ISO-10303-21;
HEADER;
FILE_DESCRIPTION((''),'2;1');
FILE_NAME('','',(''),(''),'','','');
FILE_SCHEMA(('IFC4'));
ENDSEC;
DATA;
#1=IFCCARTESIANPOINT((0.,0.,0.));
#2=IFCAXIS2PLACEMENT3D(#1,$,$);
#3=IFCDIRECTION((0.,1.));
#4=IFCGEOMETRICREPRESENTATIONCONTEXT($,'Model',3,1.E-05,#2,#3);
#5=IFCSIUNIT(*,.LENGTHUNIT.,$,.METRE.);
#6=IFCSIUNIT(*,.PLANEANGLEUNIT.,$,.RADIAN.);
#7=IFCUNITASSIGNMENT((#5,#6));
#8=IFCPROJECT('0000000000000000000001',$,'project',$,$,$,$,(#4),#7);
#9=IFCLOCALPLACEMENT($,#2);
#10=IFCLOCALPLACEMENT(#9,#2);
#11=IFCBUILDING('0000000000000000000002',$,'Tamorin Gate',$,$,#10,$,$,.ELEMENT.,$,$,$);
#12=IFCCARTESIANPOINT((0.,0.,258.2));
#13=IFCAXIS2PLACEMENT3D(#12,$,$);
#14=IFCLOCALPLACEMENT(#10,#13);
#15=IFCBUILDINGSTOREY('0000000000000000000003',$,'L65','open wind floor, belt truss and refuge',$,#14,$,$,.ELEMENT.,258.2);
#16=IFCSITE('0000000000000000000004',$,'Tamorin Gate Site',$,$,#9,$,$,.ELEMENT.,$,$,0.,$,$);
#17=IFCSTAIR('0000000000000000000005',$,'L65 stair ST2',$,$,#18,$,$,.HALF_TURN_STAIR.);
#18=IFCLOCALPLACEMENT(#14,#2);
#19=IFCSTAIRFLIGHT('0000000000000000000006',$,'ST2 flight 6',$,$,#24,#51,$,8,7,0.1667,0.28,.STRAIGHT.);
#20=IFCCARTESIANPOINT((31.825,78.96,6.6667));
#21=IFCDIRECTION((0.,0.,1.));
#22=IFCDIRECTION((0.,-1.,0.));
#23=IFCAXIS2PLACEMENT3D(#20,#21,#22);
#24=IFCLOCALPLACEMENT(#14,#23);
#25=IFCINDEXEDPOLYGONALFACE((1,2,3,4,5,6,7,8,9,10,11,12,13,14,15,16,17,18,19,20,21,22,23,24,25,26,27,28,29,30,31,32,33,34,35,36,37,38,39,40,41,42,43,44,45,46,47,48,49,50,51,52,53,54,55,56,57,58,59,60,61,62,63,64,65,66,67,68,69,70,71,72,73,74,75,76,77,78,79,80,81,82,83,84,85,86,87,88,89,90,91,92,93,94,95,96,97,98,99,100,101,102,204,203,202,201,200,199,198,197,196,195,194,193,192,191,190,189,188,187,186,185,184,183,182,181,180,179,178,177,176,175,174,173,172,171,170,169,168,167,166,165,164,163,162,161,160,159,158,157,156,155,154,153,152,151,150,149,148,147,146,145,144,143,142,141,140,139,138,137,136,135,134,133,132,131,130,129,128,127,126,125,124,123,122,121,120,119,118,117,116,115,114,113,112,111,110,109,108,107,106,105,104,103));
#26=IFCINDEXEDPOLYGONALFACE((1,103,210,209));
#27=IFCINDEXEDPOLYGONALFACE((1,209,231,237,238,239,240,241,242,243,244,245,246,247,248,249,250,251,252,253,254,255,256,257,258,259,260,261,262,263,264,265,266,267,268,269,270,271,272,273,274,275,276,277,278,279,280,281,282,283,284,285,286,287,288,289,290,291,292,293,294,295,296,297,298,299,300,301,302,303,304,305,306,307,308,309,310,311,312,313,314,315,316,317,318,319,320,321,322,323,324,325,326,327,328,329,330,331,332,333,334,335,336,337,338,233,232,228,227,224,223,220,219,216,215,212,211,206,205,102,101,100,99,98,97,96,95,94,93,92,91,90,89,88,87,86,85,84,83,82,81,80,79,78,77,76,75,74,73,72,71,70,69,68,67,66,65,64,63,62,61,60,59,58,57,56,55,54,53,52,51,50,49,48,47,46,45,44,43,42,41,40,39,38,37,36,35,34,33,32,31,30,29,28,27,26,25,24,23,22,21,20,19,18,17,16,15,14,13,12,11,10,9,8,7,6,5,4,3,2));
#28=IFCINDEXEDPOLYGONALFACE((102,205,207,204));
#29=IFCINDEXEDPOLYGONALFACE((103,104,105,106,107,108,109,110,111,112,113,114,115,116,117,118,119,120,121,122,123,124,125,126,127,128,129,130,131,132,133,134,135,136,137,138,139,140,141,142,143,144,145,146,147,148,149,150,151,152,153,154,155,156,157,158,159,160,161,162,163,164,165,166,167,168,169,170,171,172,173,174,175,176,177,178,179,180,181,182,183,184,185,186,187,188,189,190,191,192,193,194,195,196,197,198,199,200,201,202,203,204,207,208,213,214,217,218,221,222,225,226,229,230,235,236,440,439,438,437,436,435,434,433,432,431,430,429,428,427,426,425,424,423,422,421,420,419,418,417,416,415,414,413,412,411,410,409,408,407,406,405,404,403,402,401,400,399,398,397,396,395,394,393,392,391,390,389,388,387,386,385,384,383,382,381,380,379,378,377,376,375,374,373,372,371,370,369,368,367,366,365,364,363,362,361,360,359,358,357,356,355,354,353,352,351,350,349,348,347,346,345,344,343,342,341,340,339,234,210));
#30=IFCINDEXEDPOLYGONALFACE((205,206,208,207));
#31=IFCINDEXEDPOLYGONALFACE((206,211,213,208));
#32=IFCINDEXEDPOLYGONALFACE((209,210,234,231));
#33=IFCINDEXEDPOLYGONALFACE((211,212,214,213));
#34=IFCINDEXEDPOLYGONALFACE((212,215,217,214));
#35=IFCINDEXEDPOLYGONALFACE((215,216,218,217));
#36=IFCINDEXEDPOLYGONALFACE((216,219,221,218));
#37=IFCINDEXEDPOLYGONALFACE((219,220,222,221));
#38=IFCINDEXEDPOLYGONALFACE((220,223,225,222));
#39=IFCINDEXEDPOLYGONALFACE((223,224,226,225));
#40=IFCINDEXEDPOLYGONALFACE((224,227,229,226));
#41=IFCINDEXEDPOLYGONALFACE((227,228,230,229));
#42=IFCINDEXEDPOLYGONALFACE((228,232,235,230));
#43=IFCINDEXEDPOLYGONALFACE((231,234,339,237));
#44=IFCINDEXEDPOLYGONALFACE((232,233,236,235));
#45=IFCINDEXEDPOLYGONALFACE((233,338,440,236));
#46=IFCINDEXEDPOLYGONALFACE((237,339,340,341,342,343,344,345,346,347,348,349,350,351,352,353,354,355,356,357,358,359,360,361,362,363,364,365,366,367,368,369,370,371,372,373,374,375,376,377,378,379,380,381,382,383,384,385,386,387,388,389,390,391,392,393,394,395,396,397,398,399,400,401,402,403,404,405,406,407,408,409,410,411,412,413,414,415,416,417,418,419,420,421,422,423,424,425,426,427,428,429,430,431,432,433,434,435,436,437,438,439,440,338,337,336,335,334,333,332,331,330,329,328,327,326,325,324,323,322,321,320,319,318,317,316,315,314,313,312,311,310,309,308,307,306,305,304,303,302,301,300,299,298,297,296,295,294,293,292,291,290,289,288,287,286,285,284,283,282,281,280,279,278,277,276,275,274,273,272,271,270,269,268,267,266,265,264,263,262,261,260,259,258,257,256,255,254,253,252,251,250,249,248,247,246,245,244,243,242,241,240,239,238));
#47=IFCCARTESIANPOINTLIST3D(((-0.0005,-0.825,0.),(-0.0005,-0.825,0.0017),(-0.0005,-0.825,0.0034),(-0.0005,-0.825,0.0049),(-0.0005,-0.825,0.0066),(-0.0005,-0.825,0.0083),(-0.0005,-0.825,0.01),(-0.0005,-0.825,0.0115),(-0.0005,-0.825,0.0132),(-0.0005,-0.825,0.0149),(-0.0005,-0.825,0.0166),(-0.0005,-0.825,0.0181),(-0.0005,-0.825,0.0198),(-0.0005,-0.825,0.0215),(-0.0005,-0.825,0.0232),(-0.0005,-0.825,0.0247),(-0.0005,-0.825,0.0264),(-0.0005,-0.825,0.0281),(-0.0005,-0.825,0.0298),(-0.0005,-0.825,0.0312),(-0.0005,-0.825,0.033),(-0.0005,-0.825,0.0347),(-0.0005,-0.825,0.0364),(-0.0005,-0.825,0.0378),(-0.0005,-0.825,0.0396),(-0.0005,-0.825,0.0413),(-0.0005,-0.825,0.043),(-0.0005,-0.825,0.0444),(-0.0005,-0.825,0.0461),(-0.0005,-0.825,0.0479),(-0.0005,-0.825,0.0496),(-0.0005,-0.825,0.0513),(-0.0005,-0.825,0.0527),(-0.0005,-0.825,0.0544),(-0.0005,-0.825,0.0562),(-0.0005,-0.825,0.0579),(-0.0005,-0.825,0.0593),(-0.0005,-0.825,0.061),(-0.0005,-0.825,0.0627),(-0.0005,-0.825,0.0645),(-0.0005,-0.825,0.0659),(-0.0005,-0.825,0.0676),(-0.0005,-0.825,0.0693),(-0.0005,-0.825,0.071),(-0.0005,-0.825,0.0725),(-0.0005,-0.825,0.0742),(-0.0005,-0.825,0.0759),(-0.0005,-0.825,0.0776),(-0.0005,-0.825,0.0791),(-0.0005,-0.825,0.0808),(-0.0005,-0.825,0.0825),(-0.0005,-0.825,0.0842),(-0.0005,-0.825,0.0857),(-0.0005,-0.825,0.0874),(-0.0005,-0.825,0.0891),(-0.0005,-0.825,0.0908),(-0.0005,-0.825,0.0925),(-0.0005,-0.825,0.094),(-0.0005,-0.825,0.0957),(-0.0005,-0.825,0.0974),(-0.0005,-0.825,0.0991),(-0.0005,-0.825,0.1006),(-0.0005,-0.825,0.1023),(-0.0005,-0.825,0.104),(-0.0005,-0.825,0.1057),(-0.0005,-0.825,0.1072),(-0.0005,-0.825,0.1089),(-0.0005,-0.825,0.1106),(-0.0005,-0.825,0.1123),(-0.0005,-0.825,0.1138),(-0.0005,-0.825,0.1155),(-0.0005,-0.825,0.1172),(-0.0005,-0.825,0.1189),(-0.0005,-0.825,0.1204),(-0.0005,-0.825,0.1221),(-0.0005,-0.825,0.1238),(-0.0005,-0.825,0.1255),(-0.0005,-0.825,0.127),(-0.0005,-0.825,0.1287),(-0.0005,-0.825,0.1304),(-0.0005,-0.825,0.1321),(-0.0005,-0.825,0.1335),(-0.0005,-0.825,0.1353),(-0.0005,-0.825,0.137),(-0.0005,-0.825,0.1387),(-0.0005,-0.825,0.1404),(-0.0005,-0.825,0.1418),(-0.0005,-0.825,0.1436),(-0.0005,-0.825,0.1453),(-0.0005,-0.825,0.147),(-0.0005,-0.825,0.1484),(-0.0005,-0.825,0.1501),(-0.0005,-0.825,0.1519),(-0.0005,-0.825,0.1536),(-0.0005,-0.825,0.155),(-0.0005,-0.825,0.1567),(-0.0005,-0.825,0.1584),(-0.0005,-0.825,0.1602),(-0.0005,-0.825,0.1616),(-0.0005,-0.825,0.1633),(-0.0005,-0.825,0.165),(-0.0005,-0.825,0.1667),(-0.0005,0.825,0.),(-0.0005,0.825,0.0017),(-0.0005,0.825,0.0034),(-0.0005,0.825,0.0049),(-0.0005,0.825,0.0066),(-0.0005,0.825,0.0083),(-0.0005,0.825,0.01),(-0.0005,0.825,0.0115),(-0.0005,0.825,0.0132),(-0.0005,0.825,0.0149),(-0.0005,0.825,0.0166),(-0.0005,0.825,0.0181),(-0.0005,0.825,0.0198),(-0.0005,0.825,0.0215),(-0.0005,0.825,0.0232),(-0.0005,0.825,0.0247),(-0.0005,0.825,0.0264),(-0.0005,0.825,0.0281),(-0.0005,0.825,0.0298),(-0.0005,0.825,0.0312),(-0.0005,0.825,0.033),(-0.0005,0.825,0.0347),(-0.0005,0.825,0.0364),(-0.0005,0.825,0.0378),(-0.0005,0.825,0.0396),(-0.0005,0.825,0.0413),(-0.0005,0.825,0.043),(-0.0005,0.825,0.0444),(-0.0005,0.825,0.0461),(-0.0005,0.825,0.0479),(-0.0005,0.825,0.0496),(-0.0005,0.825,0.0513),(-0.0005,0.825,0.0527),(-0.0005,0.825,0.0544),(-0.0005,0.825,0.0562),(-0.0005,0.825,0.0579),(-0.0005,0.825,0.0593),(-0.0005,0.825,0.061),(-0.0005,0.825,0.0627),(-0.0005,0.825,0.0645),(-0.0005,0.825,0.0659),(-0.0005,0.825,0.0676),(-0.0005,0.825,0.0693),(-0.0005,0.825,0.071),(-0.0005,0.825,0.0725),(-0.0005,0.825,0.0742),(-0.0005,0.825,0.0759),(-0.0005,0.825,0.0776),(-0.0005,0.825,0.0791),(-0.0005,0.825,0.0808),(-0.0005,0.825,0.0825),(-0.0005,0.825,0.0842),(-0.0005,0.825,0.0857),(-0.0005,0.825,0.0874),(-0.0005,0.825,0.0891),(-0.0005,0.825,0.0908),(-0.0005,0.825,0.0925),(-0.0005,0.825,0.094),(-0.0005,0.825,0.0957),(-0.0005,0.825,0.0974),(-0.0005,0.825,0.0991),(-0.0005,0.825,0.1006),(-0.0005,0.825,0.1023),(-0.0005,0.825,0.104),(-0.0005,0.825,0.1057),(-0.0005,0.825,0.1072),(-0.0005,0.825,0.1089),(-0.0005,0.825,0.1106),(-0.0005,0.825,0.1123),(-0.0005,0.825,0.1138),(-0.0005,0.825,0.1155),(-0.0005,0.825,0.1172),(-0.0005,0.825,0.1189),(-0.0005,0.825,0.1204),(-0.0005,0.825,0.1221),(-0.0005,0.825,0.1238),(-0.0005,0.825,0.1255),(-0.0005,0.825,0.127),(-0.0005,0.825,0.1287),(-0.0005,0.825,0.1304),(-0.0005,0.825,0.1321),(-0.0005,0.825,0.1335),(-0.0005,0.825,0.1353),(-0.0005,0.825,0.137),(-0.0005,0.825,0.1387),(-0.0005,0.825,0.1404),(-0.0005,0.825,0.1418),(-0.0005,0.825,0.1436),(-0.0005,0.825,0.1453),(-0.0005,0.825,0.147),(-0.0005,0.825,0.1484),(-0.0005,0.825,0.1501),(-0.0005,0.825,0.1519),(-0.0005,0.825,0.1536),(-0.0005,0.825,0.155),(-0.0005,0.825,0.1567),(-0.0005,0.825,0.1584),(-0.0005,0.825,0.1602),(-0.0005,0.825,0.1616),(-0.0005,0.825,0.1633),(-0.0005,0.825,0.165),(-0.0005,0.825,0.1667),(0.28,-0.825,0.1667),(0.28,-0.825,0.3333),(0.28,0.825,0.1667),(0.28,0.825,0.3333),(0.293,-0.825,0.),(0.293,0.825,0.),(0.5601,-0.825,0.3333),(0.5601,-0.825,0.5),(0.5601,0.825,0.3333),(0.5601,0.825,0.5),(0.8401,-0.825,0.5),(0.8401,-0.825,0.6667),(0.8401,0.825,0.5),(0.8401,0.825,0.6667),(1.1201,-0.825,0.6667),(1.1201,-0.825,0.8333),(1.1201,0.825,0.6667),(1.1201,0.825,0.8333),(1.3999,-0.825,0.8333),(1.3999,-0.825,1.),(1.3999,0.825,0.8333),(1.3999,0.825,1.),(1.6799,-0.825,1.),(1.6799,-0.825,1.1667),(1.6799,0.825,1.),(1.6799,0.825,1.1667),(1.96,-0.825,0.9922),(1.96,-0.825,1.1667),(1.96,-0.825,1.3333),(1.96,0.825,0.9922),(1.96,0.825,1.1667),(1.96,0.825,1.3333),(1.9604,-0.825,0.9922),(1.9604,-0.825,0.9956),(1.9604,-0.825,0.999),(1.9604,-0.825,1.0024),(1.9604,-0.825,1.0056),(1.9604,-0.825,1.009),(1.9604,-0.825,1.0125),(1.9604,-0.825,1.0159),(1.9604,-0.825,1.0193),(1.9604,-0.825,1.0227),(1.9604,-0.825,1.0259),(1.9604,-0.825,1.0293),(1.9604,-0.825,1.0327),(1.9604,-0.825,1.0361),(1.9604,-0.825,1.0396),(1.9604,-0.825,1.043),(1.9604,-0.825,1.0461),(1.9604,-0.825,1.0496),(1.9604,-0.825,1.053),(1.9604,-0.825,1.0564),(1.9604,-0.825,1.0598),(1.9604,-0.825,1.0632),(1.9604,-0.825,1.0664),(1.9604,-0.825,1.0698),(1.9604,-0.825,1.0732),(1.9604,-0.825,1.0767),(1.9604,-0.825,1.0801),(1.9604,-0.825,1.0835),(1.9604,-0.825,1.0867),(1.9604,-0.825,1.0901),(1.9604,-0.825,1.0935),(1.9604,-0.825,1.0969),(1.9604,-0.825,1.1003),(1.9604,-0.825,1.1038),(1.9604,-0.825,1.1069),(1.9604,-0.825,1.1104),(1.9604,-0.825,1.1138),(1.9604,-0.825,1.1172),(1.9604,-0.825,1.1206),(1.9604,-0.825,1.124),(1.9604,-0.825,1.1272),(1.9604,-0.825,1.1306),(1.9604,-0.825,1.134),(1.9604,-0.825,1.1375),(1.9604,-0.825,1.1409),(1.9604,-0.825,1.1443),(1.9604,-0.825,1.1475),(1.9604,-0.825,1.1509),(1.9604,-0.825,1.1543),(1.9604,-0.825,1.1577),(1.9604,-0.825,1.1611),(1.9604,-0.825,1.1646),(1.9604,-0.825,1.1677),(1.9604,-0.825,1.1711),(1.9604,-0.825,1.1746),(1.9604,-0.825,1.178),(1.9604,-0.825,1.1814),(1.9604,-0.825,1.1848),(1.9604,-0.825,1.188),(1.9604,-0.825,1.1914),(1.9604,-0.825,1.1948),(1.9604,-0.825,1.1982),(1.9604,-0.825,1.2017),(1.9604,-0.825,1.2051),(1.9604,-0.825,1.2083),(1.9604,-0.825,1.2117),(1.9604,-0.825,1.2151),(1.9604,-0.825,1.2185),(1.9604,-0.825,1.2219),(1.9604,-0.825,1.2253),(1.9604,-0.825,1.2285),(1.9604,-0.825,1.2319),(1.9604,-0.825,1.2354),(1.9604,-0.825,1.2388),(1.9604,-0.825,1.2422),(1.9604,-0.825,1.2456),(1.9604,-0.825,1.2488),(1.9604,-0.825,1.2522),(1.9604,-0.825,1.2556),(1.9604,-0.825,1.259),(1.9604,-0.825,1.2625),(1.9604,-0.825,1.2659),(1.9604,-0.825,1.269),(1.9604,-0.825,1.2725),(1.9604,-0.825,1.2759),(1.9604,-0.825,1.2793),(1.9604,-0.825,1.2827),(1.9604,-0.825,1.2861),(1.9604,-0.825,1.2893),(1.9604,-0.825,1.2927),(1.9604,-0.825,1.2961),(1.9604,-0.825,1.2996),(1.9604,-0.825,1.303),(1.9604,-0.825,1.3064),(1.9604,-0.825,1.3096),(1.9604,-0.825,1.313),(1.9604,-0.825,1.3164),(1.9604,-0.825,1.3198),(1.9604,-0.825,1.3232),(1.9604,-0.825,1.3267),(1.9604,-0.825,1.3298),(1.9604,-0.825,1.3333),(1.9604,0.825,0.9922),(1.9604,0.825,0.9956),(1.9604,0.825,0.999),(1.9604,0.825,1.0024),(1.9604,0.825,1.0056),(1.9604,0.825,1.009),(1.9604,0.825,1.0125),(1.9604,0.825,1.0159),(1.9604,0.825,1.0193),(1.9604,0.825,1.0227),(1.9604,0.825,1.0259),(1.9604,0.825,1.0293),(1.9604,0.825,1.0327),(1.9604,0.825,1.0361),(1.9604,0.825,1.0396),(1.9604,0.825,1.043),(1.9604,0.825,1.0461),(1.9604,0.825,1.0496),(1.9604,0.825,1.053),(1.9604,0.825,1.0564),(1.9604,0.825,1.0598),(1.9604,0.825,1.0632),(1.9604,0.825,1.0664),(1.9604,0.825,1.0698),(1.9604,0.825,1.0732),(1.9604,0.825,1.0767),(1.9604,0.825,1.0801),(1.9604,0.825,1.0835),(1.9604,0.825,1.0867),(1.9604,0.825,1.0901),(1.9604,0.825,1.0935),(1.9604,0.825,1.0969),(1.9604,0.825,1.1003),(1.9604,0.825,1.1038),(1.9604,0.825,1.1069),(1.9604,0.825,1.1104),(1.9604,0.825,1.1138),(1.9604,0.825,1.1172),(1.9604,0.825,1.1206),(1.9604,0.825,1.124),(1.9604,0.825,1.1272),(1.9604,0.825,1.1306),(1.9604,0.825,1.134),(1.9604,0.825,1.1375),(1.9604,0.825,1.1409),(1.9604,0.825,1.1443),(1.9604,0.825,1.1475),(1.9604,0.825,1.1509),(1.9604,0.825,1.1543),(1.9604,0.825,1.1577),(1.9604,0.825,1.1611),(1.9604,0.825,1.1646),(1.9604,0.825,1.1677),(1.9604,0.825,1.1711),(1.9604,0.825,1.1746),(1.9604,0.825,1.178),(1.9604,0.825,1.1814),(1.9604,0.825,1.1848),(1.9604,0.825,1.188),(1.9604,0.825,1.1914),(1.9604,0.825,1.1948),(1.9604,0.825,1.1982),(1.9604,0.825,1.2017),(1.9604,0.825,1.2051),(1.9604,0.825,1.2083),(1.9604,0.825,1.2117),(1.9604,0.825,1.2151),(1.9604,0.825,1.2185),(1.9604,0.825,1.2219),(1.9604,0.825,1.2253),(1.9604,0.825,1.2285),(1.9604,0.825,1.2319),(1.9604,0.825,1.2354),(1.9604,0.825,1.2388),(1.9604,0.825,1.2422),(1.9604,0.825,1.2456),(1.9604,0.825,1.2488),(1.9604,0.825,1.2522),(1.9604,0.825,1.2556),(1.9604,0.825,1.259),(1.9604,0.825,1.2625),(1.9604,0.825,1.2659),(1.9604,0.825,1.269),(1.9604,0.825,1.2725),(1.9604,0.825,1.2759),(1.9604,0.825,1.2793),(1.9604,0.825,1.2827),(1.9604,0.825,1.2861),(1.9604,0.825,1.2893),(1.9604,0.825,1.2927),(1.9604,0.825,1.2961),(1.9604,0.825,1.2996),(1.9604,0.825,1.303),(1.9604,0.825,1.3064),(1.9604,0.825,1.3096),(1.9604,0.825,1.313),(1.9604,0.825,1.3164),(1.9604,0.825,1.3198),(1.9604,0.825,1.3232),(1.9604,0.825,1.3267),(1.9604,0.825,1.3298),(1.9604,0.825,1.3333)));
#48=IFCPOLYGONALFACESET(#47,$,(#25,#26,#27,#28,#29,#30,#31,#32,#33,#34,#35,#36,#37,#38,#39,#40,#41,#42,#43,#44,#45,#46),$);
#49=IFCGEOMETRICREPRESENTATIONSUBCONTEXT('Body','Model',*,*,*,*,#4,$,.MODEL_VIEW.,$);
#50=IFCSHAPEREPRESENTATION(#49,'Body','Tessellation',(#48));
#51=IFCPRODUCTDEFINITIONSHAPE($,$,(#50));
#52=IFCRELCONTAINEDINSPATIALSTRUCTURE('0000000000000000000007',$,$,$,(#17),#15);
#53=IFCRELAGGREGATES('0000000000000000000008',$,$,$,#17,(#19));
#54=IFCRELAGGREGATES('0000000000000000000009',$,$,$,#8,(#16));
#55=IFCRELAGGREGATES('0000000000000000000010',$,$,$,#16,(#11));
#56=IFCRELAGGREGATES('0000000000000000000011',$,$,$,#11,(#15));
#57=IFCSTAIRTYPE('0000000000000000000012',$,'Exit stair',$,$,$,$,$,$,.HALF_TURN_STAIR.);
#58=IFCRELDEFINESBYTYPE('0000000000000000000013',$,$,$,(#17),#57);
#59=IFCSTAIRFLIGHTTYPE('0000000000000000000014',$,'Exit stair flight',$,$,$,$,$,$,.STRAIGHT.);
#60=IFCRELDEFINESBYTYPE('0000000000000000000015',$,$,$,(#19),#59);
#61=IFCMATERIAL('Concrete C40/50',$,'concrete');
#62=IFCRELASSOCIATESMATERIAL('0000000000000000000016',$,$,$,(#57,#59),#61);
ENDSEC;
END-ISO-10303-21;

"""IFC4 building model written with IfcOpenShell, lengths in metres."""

from ifc_helpers import new_model, si_unit, direction, frame, origin, place, context, subcontext, project, spatial, polyline, outline, extrude, material, type_object, element, aggregate, save


model = new_model("IFC4")

# Units and contexts
model_context = context("Model", 3, precision=1e-05, world=origin(), true_north=direction((0.0, 1.0)))
body_context = subcontext(model_context, "Body", "Model", "MODEL_VIEW")
ifc_project = project(units=[si_unit("LENGTHUNIT", "METRE"), si_unit("PLANEANGLEUNIT", "RADIAN")], contexts=[model_context])

# Site, building, storey
site_placement = place(None, origin())
site = spatial("IfcSite", under=ifc_project, at=site_placement, Name="Tamorin Gate Site", CompositionType="ELEMENT", RefElevation=0.0)
building_placement = place(site_placement, origin())
building = spatial("IfcBuilding", under=site, at=building_placement, Name="Tamorin Gate", CompositionType="ELEMENT")
storey_placement = place(building_placement, frame((0.0, 0.0, 258.2)))
storey = spatial("IfcBuildingStorey", under=building, at=storey_placement, Name="L65", Description="open wind floor, belt truss and refuge", CompositionType="ELEMENT", Elevation=258.2)

# Stair, stair flight
ifc_material_1 = material(Name="Concrete C40/50", Category="concrete")
stair_type = type_object("IfcStairType", Name="Exit stair", PredefinedType="HALF_TURN_STAIR", material=ifc_material_1)
stair_placement = place(storey_placement, origin())
stair = element("IfcStair", 1, at=stair_placement, inside=storey, type_object=stair_type, Name="L65 stair ST2", PredefinedType="HALF_TURN_STAIR")
stair_flight_type = type_object("IfcStairFlightType", Name="Exit stair flight", PredefinedType="STRAIGHT", material=ifc_material_1)
stair_flight_1_placement = place(storey_placement, frame((31.825, 78.96, 6.6667), z_axis=(0.0, 0.0, 1.0), x_axis=(0.0, -1.0, 0.0)))
stair_flight_1 = element("IfcStairFlight", 2, at=stair_flight_1_placement, type_object=stair_flight_type, Name="ST2 flight 6", NumberOfRisers=8, NumberOfTreads=7, PredefinedType="STRAIGHT", RiserHeight=0.1667, TreadLength=0.28, context=body_context, shape_type="SweptSolid", body=[
    extrude(outline(polyline([(-0.0005, 0.0), (-0.0005, 0.0017), (-0.0005, 0.0034), (-0.0005, 0.0049), (-0.0005, 0.0066), (-0.0005, 0.0083), (-0.0005, 0.01), (-0.0005, 0.0115), (-0.0005, 0.0132), (-0.0005, 0.0149), (-0.0005, 0.0166), (-0.0005, 0.0181), (-0.0005, 0.0198), (-0.0005, 0.0215), (-0.0005, 0.0232), (-0.0005, 0.0247), (-0.0005, 0.0264), (-0.0005, 0.0281), (-0.0005, 0.0298), (-0.0005, 0.0312), (-0.0005, 0.033), (-0.0005, 0.0347), (-0.0005, 0.0364), (-0.0005, 0.0378), (-0.0005, 0.0396), (-0.0005, 0.0413), (-0.0005, 0.043), (-0.0005, 0.0444), (-0.0005, 0.0461), (-0.0005, 0.0479), (-0.0005, 0.0496), (-0.0005, 0.0513), (-0.0005, 0.0527), (-0.0005, 0.0544), (-0.0005, 0.0562), (-0.0005, 0.0579), (-0.0005, 0.0593), (-0.0005, 0.061), (-0.0005, 0.0627), (-0.0005, 0.0645), (-0.0005, 0.0659), (-0.0005, 0.0676), (-0.0005, 0.0693), (-0.0005, 0.071), (-0.0005, 0.0725), (-0.0005, 0.0742), (-0.0005, 0.0759), (-0.0005, 0.0776), (-0.0005, 0.0791), (-0.0005, 0.0808), (-0.0005, 0.0825), (-0.0005, 0.0842), (-0.0005, 0.0857), (-0.0005, 0.0874), (-0.0005, 0.0891), (-0.0005, 0.0908), (-0.0005, 0.0925), (-0.0005, 0.094), (-0.0005, 0.0957), (-0.0005, 0.0974), (-0.0005, 0.0991), (-0.0005, 0.1006), (-0.0005, 0.1023), (-0.0005, 0.104), (-0.0005, 0.1057), (-0.0005, 0.1072), (-0.0005, 0.1089), (-0.0005, 0.1106), (-0.0005, 0.1123), (-0.0005, 0.1138), (-0.0005, 0.1155), (-0.0005, 0.1172), (-0.0005, 0.1189), (-0.0005, 0.1204), (-0.0005, 0.1221), (-0.0005, 0.1238), (-0.0005, 0.1255), (-0.0005, 0.127), (-0.0005, 0.1287), (-0.0005, 0.1304), (-0.0005, 0.1321), (-0.0005, 0.1335), (-0.0005, 0.1353), (-0.0005, 0.137), (-0.0005, 0.1387), (-0.0005, 0.1404), (-0.0005, 0.1418), (-0.0005, 0.1436), (-0.0005, 0.1453), (-0.0005, 0.147), (-0.0005, 0.1484), (-0.0005, 0.1501), (-0.0005, 0.1519), (-0.0005, 0.1536), (-0.0005, 0.155), (-0.0005, 0.1567), (-0.0005, 0.1584), (-0.0005, 0.1602), (-0.0005, 0.1616), (-0.0005, 0.1633), (-0.0005, 0.165), (-0.0005, 0.1667), (0.28, 0.1667), (0.28, 0.3333), (0.5601, 0.3333), (0.5601, 0.5), (0.8401, 0.5), (0.8401, 0.6667), (1.1201, 0.6667), (1.1201, 0.8333), (1.3999, 0.8333), (1.3999, 1.0), (1.6799, 1.0), (1.6799, 1.1667), (1.96, 1.1667), (1.96, 1.3333), (1.9604, 1.3333), (1.9604, 1.3298), (1.9604, 1.3267), (1.9604, 1.3232), (1.9604, 1.3198), (1.9604, 1.3164), (1.9604, 1.313), (1.9604, 1.3096), (1.9604, 1.3064), (1.9604, 1.303), (1.9604, 1.2996), (1.9604, 1.2961), (1.9604, 1.2927), (1.9604, 1.2893), (1.9604, 1.2861), (1.9604, 1.2827), (1.9604, 1.2793), (1.9604, 1.2759), (1.9604, 1.2725), (1.9604, 1.269), (1.9604, 1.2659), (1.9604, 1.2625), (1.9604, 1.259), (1.9604, 1.2556), (1.9604, 1.2522), (1.9604, 1.2488), (1.9604, 1.2456), (1.9604, 1.2422), (1.9604, 1.2388), (1.9604, 1.2354), (1.9604, 1.2319), (1.9604, 1.2285), (1.9604, 1.2253), (1.9604, 1.2219), (1.9604, 1.2185), (1.9604, 1.2151), (1.9604, 1.2117), (1.9604, 1.2083), (1.9604, 1.2051), (1.9604, 1.2017), (1.9604, 1.1982), (1.9604, 1.1948), (1.9604, 1.1914), (1.9604, 1.188), (1.9604, 1.1848), (1.9604, 1.1814), (1.9604, 1.178), (1.9604, 1.1746), (1.9604, 1.1711), (1.9604, 1.1677), (1.9604, 1.1646), (1.9604, 1.1611), (1.9604, 1.1577), (1.9604, 1.1543), (1.9604, 1.1509), (1.9604, 1.1475), (1.9604, 1.1443), (1.9604, 1.1409), (1.9604, 1.1375), (1.9604, 1.134), (1.9604, 1.1306), (1.9604, 1.1272), (1.9604, 1.124), (1.9604, 1.1206), (1.9604, 1.1172), (1.9604, 1.1138), (1.9604, 1.1104), (1.9604, 1.1069), (1.9604, 1.1038), (1.9604, 1.1003), (1.9604, 1.0969), (1.9604, 1.0935), (1.9604, 1.0901), (1.9604, 1.0867), (1.9604, 1.0835), (1.9604, 1.0801), (1.9604, 1.0767), (1.9604, 1.0732), (1.9604, 1.0698), (1.9604, 1.0664), (1.9604, 1.0632), (1.9604, 1.0598), (1.9604, 1.0564), (1.9604, 1.053), (1.9604, 1.0496), (1.9604, 1.0461), (1.9604, 1.043), (1.9604, 1.0396), (1.9604, 1.0361), (1.9604, 1.0327), (1.9604, 1.0293), (1.9604, 1.0259), (1.9604, 1.0227), (1.9604, 1.0193), (1.9604, 1.0159), (1.9604, 1.0125), (1.9604, 1.009), (1.9604, 1.0056), (1.9604, 1.0024), (1.9604, 0.999), (1.9604, 0.9956), (1.9604, 0.9922), (1.96, 0.9922), (0.293, 0.0), (-0.0005, 0.0)])), frame((0.0, 0.825, 0.0), z_axis=(0.0, -1.0, 0.0), x_axis=(1.0, 0.0, 0.0)), (0.0, 0.0, 1.0), 1.6499),
])
aggregate(stair, [stair_flight_1])

save(model, "model.ifc")
